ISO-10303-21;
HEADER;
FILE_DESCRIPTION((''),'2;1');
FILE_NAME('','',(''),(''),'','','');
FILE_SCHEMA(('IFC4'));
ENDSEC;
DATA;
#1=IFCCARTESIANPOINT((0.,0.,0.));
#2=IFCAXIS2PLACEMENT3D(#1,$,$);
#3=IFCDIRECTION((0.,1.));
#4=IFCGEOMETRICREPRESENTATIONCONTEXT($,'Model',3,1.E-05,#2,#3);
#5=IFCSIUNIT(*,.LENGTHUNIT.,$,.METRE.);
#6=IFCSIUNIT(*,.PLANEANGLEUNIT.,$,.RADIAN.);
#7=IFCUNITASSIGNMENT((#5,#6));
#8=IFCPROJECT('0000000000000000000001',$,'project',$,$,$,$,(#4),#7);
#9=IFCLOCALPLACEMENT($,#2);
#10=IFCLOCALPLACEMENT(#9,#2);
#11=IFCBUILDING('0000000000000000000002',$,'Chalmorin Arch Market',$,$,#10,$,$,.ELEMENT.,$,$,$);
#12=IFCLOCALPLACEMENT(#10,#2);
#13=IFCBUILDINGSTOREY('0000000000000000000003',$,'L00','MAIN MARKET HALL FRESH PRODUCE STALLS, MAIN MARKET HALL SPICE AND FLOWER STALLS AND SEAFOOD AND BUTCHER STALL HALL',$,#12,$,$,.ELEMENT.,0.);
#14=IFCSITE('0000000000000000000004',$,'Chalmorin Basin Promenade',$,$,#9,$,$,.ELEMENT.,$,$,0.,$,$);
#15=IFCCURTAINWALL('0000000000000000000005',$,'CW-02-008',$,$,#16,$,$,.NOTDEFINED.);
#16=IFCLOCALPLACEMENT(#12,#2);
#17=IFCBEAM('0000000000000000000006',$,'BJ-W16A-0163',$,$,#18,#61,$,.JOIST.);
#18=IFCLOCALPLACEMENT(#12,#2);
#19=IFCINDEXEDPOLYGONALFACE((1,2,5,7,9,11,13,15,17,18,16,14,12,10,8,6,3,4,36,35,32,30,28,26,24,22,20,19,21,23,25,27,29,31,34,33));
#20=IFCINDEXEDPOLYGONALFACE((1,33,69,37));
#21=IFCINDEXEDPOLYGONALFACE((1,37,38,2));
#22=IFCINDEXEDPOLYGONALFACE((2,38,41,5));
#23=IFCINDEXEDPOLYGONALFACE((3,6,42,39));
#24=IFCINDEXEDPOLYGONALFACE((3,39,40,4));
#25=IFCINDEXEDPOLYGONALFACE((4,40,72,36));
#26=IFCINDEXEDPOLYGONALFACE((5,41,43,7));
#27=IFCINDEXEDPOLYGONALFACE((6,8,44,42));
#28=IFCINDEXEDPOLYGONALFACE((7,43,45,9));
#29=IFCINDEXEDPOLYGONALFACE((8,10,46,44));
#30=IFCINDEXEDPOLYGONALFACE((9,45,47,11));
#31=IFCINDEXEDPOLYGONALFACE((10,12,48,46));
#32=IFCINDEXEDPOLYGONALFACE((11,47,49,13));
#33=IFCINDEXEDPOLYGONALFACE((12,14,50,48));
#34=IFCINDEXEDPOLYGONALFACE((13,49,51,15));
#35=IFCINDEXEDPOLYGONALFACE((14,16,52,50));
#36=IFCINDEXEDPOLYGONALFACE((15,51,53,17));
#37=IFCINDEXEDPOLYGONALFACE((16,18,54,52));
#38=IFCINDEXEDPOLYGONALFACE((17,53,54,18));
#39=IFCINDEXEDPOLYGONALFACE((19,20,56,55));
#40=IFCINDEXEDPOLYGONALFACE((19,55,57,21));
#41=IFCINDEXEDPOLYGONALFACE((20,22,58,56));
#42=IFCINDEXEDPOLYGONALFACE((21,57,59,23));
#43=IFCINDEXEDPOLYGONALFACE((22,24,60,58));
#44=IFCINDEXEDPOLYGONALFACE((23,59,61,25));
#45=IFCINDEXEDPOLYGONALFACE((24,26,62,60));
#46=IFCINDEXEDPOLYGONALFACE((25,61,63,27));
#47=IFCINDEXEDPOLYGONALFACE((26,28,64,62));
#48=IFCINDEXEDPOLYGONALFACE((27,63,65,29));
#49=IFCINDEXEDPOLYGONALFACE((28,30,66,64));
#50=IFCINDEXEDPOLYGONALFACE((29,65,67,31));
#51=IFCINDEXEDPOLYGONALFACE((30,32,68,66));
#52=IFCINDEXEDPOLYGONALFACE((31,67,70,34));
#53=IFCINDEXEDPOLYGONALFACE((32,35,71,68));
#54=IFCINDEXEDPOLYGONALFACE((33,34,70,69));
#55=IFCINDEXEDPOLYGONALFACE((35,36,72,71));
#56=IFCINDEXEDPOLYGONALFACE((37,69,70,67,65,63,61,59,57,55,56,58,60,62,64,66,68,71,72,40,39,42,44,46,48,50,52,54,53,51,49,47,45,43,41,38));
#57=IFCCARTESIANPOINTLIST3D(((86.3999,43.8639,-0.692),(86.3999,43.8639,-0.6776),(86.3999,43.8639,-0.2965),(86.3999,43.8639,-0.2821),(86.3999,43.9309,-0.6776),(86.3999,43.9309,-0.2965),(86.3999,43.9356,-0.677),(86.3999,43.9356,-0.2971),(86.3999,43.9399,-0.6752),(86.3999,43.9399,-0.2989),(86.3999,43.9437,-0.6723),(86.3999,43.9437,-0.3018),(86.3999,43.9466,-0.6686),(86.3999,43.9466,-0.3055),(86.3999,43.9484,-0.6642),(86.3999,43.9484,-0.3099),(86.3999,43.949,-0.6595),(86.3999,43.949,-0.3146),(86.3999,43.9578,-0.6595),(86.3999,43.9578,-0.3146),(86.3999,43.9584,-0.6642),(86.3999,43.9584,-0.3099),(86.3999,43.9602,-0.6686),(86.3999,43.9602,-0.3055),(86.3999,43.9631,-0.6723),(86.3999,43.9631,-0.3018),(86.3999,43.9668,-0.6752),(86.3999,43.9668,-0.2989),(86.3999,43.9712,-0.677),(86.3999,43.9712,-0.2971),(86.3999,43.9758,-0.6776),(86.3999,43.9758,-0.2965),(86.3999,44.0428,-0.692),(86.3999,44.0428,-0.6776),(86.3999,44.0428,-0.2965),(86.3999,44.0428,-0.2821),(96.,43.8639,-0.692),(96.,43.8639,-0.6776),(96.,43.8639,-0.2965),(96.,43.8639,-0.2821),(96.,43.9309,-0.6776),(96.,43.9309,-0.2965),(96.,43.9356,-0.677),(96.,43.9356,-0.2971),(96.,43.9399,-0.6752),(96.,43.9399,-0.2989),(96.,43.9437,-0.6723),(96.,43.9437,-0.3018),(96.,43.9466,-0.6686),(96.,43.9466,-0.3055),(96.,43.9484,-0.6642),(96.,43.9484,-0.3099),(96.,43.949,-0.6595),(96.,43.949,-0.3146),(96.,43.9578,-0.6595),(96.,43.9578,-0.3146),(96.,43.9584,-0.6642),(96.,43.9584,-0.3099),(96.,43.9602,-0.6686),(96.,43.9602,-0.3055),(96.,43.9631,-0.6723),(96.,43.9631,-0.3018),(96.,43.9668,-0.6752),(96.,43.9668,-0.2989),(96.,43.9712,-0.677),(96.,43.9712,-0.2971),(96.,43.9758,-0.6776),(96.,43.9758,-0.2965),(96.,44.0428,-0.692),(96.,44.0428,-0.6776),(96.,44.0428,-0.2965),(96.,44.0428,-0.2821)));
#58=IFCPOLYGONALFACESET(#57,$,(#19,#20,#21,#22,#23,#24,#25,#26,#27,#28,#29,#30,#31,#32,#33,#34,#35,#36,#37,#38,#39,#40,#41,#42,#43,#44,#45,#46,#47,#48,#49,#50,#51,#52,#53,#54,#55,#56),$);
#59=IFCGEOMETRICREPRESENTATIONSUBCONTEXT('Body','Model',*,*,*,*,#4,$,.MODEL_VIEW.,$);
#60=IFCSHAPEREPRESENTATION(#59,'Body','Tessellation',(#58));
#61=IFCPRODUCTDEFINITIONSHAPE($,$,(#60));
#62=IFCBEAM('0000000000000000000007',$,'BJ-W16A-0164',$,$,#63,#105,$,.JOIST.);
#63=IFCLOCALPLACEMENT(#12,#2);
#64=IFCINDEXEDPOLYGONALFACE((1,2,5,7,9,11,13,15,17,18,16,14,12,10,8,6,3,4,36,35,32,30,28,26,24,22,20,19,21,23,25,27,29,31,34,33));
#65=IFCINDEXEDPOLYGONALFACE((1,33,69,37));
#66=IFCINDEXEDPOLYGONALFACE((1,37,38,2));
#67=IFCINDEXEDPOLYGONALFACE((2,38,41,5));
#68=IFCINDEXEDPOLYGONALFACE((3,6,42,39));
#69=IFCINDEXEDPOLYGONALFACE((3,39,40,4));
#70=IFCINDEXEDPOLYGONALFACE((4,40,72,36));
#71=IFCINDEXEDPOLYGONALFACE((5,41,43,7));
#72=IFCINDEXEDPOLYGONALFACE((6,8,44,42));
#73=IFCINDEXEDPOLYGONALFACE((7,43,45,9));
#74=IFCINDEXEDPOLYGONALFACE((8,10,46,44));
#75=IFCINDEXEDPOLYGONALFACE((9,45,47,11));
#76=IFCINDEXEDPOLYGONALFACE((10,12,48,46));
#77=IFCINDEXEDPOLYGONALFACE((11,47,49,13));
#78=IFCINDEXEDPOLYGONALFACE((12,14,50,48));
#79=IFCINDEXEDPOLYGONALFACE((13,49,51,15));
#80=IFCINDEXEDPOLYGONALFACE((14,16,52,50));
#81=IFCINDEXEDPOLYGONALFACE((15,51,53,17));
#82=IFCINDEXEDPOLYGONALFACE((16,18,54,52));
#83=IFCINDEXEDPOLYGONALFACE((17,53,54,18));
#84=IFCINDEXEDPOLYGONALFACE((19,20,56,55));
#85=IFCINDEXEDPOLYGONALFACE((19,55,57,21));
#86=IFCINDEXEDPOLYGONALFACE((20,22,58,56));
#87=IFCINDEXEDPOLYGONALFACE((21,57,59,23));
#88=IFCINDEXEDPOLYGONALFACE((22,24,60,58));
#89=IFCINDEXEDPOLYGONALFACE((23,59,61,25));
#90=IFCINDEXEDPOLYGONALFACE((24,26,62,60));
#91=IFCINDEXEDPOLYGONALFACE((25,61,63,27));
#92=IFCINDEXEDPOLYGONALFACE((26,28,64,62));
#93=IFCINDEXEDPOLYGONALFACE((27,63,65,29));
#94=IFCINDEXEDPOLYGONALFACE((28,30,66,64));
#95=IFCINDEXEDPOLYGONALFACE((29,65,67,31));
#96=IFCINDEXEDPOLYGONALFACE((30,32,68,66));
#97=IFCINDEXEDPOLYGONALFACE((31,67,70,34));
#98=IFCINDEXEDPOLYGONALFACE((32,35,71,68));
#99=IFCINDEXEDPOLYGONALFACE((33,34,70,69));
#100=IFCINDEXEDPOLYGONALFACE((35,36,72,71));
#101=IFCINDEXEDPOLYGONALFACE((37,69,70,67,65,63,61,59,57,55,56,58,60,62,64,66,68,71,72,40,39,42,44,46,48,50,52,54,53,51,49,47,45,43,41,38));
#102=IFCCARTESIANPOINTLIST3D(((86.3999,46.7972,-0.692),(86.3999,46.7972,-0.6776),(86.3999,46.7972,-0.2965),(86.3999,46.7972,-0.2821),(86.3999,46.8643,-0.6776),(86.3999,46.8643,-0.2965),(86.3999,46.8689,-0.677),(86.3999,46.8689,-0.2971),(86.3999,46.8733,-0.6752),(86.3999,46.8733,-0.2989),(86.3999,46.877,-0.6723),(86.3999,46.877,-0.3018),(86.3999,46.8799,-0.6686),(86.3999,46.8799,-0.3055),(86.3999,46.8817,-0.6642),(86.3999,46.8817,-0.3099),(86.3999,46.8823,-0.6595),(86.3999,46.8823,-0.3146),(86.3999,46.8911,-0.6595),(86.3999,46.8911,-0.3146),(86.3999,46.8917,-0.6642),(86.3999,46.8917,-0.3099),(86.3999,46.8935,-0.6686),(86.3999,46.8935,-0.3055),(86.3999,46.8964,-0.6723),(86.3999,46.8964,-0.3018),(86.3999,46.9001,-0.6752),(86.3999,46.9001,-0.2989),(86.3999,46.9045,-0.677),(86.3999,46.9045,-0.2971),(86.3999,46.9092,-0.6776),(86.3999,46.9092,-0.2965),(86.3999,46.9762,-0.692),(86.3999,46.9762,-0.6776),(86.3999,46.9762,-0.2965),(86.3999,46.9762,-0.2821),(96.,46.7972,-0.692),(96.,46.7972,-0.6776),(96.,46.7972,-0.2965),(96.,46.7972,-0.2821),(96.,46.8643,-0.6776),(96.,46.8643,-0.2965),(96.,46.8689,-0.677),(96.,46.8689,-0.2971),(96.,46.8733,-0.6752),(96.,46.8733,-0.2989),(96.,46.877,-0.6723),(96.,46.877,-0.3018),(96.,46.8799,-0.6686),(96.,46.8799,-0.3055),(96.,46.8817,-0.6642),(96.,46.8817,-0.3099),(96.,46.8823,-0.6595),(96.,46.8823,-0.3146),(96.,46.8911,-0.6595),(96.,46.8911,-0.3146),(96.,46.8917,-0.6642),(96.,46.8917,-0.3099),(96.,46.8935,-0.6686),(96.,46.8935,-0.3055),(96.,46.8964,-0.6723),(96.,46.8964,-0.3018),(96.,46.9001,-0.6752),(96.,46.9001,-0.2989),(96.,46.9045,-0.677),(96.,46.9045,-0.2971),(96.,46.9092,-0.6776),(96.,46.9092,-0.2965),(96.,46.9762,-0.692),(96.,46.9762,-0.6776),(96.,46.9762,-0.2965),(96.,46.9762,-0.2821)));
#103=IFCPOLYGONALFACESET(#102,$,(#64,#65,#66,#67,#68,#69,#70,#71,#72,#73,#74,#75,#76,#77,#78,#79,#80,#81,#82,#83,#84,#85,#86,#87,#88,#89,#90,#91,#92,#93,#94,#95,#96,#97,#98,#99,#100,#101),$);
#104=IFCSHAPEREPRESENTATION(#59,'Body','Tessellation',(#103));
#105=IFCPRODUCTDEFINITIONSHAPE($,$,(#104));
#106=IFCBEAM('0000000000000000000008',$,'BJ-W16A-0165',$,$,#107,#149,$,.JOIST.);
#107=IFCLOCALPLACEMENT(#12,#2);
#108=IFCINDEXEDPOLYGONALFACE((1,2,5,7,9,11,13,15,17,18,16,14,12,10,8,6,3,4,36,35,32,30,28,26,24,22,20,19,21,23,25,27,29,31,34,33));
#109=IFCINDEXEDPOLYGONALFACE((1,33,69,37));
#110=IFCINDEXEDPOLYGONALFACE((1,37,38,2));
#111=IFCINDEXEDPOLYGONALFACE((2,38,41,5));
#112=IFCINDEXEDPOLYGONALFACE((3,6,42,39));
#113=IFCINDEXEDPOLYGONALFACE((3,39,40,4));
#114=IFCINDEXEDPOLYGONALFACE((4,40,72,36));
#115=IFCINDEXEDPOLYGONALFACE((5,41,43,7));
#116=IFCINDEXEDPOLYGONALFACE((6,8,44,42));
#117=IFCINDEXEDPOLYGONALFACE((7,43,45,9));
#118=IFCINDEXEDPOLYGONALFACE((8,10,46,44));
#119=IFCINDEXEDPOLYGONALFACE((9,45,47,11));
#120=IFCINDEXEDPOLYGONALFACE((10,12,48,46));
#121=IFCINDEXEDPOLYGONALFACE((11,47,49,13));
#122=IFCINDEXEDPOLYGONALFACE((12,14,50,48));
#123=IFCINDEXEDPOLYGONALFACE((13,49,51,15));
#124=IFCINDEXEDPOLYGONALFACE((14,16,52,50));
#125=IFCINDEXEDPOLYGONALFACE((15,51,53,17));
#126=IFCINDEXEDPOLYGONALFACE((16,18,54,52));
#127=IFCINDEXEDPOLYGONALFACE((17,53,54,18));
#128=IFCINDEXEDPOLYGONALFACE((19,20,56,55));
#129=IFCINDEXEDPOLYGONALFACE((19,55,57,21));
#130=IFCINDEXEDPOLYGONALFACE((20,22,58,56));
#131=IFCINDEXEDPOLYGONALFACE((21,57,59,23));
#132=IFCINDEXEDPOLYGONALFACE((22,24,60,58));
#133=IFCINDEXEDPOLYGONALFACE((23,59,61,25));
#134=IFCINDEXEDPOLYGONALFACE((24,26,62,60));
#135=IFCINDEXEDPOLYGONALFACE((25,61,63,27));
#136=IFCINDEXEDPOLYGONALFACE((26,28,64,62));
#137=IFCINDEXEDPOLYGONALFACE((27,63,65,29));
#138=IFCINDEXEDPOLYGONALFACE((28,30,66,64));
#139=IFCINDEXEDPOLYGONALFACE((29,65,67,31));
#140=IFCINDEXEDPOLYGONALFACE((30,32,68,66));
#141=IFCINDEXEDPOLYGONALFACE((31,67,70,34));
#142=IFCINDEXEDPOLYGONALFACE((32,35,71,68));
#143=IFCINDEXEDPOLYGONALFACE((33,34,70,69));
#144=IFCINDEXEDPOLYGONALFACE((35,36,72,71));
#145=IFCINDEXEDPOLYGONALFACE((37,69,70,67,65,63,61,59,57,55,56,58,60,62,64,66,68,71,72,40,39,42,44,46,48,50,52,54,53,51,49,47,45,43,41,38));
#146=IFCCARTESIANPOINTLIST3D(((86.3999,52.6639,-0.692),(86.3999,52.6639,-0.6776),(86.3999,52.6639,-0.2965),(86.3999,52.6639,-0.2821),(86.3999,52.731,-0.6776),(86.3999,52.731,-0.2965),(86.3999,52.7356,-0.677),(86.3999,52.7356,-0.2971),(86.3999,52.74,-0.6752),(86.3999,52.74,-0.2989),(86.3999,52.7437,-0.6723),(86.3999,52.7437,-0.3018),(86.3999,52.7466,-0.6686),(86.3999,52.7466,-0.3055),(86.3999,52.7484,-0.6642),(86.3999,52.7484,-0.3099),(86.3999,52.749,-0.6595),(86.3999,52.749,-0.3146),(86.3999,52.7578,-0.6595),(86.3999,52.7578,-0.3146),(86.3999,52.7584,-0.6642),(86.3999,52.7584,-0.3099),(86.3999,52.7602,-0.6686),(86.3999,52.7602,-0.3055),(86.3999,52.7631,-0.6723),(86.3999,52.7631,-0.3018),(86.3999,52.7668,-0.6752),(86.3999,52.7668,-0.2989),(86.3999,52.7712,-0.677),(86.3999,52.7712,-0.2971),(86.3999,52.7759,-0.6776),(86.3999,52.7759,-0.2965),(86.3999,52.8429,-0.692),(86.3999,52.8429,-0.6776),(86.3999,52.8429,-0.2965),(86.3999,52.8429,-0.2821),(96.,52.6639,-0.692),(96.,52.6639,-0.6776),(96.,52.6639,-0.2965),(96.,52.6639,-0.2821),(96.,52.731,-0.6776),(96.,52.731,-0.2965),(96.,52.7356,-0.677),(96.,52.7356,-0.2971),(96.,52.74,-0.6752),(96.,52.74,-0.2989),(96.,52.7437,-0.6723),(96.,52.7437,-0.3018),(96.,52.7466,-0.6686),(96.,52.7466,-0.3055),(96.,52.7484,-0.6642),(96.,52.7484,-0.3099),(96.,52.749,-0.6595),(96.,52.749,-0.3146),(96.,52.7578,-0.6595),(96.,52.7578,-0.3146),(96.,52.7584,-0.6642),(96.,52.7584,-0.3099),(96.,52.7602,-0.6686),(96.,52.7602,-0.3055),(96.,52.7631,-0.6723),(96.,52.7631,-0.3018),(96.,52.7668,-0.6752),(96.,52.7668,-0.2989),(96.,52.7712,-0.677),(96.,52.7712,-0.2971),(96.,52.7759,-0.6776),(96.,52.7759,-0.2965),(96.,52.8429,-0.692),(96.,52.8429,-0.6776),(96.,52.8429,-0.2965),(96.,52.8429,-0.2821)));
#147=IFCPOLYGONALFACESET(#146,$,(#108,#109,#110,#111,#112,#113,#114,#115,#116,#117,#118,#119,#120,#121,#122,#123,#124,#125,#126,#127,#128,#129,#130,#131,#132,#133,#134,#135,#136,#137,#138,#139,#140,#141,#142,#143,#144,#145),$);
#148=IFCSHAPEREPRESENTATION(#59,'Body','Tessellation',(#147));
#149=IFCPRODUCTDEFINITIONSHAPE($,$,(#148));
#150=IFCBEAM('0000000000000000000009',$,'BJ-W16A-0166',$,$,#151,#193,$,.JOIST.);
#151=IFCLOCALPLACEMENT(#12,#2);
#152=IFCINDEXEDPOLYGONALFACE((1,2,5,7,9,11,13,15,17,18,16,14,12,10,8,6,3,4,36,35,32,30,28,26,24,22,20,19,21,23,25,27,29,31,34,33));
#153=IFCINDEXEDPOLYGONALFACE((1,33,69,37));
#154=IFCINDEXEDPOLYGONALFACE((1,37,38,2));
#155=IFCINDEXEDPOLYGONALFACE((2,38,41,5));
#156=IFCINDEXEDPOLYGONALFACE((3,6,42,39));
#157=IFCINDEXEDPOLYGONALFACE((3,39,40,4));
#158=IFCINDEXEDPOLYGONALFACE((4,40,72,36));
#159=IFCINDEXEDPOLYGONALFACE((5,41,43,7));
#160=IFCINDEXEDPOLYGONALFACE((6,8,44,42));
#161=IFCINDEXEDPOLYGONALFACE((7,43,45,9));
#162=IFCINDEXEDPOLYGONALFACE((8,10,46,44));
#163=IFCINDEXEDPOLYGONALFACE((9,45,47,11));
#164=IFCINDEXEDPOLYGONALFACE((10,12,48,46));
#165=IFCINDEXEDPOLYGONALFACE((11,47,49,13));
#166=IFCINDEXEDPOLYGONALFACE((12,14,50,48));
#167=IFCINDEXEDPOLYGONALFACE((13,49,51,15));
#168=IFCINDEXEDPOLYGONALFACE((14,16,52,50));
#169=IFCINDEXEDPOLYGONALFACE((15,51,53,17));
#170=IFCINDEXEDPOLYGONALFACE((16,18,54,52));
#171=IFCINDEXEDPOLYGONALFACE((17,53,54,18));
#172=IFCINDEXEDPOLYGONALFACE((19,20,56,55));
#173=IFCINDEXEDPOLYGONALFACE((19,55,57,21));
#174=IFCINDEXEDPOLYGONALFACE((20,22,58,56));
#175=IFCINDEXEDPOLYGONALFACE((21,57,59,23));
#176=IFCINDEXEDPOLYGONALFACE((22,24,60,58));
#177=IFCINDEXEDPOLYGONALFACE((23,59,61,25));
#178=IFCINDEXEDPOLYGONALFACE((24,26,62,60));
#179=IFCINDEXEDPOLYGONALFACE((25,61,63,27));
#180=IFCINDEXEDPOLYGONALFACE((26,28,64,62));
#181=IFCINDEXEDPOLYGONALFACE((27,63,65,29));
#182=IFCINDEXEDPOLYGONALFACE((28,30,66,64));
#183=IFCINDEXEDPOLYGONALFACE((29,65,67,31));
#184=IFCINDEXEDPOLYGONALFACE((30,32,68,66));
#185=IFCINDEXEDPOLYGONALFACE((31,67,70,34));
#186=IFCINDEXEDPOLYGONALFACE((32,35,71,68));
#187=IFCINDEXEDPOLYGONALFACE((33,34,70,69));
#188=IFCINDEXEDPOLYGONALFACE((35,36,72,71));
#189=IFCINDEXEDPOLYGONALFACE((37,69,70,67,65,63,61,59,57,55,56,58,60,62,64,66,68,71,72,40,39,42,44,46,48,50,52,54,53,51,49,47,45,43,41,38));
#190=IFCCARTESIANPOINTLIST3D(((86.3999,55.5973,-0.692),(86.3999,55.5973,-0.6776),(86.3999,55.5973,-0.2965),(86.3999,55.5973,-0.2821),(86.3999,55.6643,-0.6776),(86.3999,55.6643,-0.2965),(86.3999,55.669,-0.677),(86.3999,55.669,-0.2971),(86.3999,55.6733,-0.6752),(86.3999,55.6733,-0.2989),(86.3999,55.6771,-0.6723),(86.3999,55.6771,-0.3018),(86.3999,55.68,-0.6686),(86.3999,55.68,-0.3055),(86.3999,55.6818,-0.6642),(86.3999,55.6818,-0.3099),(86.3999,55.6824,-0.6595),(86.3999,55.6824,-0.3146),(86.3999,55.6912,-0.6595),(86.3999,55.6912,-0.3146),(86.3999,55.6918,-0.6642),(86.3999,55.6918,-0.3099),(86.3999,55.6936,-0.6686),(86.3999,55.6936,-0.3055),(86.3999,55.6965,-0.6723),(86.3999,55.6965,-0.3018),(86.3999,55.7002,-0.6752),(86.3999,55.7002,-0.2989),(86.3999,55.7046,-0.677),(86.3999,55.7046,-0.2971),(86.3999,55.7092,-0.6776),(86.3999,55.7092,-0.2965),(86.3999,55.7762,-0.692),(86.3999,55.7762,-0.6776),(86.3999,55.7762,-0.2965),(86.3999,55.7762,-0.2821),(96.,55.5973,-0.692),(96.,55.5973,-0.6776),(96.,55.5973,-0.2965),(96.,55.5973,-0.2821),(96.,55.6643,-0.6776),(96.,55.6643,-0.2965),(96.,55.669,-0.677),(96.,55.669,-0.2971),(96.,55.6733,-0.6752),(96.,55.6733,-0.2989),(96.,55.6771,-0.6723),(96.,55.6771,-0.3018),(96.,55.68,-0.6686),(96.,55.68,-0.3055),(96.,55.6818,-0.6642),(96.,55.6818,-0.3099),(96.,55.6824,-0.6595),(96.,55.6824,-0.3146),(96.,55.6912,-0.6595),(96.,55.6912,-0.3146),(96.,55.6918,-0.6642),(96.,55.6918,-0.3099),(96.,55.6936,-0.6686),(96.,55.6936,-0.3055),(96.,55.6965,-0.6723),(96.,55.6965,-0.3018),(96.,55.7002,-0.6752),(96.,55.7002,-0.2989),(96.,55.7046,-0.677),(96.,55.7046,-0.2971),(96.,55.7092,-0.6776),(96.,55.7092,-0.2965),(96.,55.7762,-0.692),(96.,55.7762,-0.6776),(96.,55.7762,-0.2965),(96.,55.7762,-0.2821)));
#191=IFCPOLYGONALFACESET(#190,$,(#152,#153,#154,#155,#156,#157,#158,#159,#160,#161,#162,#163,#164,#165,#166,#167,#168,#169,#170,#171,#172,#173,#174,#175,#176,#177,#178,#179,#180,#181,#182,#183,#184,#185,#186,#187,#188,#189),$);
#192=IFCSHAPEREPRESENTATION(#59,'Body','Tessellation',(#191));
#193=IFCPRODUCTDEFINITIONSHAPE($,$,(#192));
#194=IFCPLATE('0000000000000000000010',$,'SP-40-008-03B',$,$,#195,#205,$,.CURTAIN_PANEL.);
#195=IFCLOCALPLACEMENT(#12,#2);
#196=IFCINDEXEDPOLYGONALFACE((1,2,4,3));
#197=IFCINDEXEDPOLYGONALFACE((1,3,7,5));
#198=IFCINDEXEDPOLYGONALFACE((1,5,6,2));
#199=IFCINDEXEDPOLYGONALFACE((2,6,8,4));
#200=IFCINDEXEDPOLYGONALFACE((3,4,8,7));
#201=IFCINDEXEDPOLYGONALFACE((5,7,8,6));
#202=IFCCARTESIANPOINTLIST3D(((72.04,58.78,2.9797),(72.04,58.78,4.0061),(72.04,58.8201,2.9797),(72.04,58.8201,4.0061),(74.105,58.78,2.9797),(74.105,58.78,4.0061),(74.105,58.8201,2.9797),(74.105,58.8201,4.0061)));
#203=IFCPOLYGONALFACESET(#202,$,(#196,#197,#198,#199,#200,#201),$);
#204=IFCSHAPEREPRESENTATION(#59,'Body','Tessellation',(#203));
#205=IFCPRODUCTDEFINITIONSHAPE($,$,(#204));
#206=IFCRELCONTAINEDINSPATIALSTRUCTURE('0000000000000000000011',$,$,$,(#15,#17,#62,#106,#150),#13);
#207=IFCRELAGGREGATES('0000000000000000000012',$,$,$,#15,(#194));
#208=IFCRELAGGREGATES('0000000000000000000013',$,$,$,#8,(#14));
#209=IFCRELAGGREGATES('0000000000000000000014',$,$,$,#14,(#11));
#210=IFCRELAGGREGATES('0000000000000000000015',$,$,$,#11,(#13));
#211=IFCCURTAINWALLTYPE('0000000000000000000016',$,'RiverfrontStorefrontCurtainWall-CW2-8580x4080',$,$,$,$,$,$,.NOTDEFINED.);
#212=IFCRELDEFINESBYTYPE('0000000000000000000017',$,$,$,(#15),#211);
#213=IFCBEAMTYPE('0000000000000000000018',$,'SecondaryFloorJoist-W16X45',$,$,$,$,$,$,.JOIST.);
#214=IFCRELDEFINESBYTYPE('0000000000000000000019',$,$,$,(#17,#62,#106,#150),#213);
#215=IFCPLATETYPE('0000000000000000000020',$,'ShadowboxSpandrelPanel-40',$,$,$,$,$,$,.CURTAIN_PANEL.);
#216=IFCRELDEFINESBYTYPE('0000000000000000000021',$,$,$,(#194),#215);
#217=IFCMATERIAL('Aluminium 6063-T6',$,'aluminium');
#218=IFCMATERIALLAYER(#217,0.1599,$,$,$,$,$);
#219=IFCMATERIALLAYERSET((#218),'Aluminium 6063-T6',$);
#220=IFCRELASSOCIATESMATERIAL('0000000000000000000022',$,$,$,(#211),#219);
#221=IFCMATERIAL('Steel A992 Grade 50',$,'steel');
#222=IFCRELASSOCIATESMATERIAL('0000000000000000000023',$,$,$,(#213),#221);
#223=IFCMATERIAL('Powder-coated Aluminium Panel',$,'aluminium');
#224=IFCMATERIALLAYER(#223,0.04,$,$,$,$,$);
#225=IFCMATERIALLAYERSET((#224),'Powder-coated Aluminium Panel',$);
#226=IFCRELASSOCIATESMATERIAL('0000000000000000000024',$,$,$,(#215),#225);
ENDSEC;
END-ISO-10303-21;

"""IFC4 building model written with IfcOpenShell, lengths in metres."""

from ifc_helpers import new_model, si_unit, direction, frame, origin, origin_2d, place, context, subcontext, project, spatial, rectangle, i_section, extrude, material, layer, layer_set, material_profile, profile_set, type_object, element, aggregate, save


model = new_model("IFC4")

# Units and contexts
model_context = context("Model", 3, precision=1e-05, world=origin(), true_north=direction((0.0, 1.0)))
body_context = subcontext(model_context, "Body", "Model", "MODEL_VIEW")
ifc_project = project(units=[si_unit("LENGTHUNIT", "METRE"), si_unit("PLANEANGLEUNIT", "RADIAN")], contexts=[model_context])

# Site, building, storey
site_placement = place(None, origin())
site = spatial("IfcSite", under=ifc_project, at=site_placement, Name="Chalmorin Basin Promenade", CompositionType="ELEMENT", RefElevation=0.0)
building_placement = place(site_placement, origin())
building = spatial("IfcBuilding", under=site, at=building_placement, Name="Chalmorin Arch Market", CompositionType="ELEMENT")
storey_placement = place(building_placement, origin())
storey = spatial("IfcBuildingStorey", under=building, at=storey_placement, Name="L00", Description="MAIN MARKET HALL FRESH PRODUCE STALLS, MAIN MARKET HALL SPICE AND FLOWER STALLS AND SEAFOOD AND BUTCHER STALL HALL", CompositionType="ELEMENT", Elevation=0.0)

# Curtain wall
ifc_material_1 = material(Name="Aluminium 6063-T6", Category="aluminium")
ifc_layer_1 = layer(ifc_material_1, 0.1599)
ifc_layer_set_1 = layer_set([ifc_layer_1], Name="Aluminium 6063-T6")
curtain_wall_type = type_object("IfcCurtainWallType", Name="RiverfrontStorefrontCurtainWall-CW2-8580x4080", PredefinedType="NOTDEFINED", material=ifc_layer_set_1)
curtain_wall_1_placement = place(storey_placement, origin())
curtain_wall_1 = element("IfcCurtainWall", 1, at=curtain_wall_1_placement, inside=storey, type_object=curtain_wall_type, Name="CW-02-008", PredefinedType="NOTDEFINED")

# Beams
ifc_material_2 = material(Name="Steel A992 Grade 50", Category="steel")
ifc_material_profile_1 = material_profile(ifc_material_2, i_section(OverallWidth=0.179, OverallDepth=0.4099, WebThickness=0.0088, FlangeThickness=0.0144, FilletRadius=0.0181, at=origin_2d()), Name="W16X45")
ifc_profile_set_1 = profile_set([ifc_material_profile_1], Name="Steel A992 Grade 50")
beam_type_1 = type_object("IfcBeamType", Name="SecondaryFloorJoist-W16X45", PredefinedType="JOIST", material=ifc_profile_set_1)
for number, where, z_axis, x_axis, name in (
    (2, (86.3999, 43.9534, -0.4871), (1.0, 0.0, 0.0), (0.0, 1.0, 0.0), "BJ-W16A-0163"),
    (3, (86.3999, 46.8867, -0.4871), (1.0, 0.0, 0.0), (0.0, 1.0, 0.0), "BJ-W16A-0164"),
    (4, (86.3999, 52.7534, -0.4871), (1.0, 0.0, 0.0), (0.0, 1.0, 0.0), "BJ-W16A-0165"),
    (5, (86.3999, 55.6868, -0.4871), (1.0, 0.0, 0.0), (0.0, 1.0, 0.0), "BJ-W16A-0166"),
):
    element("IfcBeam", number, at=place(storey_placement, frame(where, z_axis=z_axis, x_axis=x_axis)), inside=storey, type_object=beam_type_1, Name=name, PredefinedType="JOIST", context=body_context, shape_type="SweptSolid", body=[
        extrude(i_section(OverallWidth=0.179, OverallDepth=0.4099, WebThickness=0.0088, FlangeThickness=0.0144, FilletRadius=0.0181, at=origin_2d()), origin(), (0.0, 0.0, 1.0), 9.6001),
    ])

# Plate
ifc_material_3 = material(Name="Powder-coated Aluminium Panel", Category="aluminium")
ifc_layer_2 = layer(ifc_material_3, 0.04)
ifc_layer_set_2 = layer_set([ifc_layer_2], Name="Powder-coated Aluminium Panel")
plate_type_1 = type_object("IfcPlateType", Name="ShadowboxSpandrelPanel-40", PredefinedType="CURTAIN_PANEL", material=ifc_layer_set_2)
plate_1_placement = place(storey_placement, frame((73.0725, 58.8, 2.9797), z_axis=(0.0, 0.0, 1.0), x_axis=(1.0, 0.0, 0.0)))
plate_1 = element("IfcPlate", 6, at=plate_1_placement, type_object=plate_type_1, Name="SP-40-008-03B", PredefinedType="CURTAIN_PANEL", context=body_context, shape_type="SweptSolid", body=[
    extrude(rectangle(XDim=2.0649, YDim=0.04, at=origin_2d()), origin(), (0.0, 0.0, 1.0), 1.0264),
])
aggregate(curtain_wall_1, [plate_1])

save(model, "model.ifc")
